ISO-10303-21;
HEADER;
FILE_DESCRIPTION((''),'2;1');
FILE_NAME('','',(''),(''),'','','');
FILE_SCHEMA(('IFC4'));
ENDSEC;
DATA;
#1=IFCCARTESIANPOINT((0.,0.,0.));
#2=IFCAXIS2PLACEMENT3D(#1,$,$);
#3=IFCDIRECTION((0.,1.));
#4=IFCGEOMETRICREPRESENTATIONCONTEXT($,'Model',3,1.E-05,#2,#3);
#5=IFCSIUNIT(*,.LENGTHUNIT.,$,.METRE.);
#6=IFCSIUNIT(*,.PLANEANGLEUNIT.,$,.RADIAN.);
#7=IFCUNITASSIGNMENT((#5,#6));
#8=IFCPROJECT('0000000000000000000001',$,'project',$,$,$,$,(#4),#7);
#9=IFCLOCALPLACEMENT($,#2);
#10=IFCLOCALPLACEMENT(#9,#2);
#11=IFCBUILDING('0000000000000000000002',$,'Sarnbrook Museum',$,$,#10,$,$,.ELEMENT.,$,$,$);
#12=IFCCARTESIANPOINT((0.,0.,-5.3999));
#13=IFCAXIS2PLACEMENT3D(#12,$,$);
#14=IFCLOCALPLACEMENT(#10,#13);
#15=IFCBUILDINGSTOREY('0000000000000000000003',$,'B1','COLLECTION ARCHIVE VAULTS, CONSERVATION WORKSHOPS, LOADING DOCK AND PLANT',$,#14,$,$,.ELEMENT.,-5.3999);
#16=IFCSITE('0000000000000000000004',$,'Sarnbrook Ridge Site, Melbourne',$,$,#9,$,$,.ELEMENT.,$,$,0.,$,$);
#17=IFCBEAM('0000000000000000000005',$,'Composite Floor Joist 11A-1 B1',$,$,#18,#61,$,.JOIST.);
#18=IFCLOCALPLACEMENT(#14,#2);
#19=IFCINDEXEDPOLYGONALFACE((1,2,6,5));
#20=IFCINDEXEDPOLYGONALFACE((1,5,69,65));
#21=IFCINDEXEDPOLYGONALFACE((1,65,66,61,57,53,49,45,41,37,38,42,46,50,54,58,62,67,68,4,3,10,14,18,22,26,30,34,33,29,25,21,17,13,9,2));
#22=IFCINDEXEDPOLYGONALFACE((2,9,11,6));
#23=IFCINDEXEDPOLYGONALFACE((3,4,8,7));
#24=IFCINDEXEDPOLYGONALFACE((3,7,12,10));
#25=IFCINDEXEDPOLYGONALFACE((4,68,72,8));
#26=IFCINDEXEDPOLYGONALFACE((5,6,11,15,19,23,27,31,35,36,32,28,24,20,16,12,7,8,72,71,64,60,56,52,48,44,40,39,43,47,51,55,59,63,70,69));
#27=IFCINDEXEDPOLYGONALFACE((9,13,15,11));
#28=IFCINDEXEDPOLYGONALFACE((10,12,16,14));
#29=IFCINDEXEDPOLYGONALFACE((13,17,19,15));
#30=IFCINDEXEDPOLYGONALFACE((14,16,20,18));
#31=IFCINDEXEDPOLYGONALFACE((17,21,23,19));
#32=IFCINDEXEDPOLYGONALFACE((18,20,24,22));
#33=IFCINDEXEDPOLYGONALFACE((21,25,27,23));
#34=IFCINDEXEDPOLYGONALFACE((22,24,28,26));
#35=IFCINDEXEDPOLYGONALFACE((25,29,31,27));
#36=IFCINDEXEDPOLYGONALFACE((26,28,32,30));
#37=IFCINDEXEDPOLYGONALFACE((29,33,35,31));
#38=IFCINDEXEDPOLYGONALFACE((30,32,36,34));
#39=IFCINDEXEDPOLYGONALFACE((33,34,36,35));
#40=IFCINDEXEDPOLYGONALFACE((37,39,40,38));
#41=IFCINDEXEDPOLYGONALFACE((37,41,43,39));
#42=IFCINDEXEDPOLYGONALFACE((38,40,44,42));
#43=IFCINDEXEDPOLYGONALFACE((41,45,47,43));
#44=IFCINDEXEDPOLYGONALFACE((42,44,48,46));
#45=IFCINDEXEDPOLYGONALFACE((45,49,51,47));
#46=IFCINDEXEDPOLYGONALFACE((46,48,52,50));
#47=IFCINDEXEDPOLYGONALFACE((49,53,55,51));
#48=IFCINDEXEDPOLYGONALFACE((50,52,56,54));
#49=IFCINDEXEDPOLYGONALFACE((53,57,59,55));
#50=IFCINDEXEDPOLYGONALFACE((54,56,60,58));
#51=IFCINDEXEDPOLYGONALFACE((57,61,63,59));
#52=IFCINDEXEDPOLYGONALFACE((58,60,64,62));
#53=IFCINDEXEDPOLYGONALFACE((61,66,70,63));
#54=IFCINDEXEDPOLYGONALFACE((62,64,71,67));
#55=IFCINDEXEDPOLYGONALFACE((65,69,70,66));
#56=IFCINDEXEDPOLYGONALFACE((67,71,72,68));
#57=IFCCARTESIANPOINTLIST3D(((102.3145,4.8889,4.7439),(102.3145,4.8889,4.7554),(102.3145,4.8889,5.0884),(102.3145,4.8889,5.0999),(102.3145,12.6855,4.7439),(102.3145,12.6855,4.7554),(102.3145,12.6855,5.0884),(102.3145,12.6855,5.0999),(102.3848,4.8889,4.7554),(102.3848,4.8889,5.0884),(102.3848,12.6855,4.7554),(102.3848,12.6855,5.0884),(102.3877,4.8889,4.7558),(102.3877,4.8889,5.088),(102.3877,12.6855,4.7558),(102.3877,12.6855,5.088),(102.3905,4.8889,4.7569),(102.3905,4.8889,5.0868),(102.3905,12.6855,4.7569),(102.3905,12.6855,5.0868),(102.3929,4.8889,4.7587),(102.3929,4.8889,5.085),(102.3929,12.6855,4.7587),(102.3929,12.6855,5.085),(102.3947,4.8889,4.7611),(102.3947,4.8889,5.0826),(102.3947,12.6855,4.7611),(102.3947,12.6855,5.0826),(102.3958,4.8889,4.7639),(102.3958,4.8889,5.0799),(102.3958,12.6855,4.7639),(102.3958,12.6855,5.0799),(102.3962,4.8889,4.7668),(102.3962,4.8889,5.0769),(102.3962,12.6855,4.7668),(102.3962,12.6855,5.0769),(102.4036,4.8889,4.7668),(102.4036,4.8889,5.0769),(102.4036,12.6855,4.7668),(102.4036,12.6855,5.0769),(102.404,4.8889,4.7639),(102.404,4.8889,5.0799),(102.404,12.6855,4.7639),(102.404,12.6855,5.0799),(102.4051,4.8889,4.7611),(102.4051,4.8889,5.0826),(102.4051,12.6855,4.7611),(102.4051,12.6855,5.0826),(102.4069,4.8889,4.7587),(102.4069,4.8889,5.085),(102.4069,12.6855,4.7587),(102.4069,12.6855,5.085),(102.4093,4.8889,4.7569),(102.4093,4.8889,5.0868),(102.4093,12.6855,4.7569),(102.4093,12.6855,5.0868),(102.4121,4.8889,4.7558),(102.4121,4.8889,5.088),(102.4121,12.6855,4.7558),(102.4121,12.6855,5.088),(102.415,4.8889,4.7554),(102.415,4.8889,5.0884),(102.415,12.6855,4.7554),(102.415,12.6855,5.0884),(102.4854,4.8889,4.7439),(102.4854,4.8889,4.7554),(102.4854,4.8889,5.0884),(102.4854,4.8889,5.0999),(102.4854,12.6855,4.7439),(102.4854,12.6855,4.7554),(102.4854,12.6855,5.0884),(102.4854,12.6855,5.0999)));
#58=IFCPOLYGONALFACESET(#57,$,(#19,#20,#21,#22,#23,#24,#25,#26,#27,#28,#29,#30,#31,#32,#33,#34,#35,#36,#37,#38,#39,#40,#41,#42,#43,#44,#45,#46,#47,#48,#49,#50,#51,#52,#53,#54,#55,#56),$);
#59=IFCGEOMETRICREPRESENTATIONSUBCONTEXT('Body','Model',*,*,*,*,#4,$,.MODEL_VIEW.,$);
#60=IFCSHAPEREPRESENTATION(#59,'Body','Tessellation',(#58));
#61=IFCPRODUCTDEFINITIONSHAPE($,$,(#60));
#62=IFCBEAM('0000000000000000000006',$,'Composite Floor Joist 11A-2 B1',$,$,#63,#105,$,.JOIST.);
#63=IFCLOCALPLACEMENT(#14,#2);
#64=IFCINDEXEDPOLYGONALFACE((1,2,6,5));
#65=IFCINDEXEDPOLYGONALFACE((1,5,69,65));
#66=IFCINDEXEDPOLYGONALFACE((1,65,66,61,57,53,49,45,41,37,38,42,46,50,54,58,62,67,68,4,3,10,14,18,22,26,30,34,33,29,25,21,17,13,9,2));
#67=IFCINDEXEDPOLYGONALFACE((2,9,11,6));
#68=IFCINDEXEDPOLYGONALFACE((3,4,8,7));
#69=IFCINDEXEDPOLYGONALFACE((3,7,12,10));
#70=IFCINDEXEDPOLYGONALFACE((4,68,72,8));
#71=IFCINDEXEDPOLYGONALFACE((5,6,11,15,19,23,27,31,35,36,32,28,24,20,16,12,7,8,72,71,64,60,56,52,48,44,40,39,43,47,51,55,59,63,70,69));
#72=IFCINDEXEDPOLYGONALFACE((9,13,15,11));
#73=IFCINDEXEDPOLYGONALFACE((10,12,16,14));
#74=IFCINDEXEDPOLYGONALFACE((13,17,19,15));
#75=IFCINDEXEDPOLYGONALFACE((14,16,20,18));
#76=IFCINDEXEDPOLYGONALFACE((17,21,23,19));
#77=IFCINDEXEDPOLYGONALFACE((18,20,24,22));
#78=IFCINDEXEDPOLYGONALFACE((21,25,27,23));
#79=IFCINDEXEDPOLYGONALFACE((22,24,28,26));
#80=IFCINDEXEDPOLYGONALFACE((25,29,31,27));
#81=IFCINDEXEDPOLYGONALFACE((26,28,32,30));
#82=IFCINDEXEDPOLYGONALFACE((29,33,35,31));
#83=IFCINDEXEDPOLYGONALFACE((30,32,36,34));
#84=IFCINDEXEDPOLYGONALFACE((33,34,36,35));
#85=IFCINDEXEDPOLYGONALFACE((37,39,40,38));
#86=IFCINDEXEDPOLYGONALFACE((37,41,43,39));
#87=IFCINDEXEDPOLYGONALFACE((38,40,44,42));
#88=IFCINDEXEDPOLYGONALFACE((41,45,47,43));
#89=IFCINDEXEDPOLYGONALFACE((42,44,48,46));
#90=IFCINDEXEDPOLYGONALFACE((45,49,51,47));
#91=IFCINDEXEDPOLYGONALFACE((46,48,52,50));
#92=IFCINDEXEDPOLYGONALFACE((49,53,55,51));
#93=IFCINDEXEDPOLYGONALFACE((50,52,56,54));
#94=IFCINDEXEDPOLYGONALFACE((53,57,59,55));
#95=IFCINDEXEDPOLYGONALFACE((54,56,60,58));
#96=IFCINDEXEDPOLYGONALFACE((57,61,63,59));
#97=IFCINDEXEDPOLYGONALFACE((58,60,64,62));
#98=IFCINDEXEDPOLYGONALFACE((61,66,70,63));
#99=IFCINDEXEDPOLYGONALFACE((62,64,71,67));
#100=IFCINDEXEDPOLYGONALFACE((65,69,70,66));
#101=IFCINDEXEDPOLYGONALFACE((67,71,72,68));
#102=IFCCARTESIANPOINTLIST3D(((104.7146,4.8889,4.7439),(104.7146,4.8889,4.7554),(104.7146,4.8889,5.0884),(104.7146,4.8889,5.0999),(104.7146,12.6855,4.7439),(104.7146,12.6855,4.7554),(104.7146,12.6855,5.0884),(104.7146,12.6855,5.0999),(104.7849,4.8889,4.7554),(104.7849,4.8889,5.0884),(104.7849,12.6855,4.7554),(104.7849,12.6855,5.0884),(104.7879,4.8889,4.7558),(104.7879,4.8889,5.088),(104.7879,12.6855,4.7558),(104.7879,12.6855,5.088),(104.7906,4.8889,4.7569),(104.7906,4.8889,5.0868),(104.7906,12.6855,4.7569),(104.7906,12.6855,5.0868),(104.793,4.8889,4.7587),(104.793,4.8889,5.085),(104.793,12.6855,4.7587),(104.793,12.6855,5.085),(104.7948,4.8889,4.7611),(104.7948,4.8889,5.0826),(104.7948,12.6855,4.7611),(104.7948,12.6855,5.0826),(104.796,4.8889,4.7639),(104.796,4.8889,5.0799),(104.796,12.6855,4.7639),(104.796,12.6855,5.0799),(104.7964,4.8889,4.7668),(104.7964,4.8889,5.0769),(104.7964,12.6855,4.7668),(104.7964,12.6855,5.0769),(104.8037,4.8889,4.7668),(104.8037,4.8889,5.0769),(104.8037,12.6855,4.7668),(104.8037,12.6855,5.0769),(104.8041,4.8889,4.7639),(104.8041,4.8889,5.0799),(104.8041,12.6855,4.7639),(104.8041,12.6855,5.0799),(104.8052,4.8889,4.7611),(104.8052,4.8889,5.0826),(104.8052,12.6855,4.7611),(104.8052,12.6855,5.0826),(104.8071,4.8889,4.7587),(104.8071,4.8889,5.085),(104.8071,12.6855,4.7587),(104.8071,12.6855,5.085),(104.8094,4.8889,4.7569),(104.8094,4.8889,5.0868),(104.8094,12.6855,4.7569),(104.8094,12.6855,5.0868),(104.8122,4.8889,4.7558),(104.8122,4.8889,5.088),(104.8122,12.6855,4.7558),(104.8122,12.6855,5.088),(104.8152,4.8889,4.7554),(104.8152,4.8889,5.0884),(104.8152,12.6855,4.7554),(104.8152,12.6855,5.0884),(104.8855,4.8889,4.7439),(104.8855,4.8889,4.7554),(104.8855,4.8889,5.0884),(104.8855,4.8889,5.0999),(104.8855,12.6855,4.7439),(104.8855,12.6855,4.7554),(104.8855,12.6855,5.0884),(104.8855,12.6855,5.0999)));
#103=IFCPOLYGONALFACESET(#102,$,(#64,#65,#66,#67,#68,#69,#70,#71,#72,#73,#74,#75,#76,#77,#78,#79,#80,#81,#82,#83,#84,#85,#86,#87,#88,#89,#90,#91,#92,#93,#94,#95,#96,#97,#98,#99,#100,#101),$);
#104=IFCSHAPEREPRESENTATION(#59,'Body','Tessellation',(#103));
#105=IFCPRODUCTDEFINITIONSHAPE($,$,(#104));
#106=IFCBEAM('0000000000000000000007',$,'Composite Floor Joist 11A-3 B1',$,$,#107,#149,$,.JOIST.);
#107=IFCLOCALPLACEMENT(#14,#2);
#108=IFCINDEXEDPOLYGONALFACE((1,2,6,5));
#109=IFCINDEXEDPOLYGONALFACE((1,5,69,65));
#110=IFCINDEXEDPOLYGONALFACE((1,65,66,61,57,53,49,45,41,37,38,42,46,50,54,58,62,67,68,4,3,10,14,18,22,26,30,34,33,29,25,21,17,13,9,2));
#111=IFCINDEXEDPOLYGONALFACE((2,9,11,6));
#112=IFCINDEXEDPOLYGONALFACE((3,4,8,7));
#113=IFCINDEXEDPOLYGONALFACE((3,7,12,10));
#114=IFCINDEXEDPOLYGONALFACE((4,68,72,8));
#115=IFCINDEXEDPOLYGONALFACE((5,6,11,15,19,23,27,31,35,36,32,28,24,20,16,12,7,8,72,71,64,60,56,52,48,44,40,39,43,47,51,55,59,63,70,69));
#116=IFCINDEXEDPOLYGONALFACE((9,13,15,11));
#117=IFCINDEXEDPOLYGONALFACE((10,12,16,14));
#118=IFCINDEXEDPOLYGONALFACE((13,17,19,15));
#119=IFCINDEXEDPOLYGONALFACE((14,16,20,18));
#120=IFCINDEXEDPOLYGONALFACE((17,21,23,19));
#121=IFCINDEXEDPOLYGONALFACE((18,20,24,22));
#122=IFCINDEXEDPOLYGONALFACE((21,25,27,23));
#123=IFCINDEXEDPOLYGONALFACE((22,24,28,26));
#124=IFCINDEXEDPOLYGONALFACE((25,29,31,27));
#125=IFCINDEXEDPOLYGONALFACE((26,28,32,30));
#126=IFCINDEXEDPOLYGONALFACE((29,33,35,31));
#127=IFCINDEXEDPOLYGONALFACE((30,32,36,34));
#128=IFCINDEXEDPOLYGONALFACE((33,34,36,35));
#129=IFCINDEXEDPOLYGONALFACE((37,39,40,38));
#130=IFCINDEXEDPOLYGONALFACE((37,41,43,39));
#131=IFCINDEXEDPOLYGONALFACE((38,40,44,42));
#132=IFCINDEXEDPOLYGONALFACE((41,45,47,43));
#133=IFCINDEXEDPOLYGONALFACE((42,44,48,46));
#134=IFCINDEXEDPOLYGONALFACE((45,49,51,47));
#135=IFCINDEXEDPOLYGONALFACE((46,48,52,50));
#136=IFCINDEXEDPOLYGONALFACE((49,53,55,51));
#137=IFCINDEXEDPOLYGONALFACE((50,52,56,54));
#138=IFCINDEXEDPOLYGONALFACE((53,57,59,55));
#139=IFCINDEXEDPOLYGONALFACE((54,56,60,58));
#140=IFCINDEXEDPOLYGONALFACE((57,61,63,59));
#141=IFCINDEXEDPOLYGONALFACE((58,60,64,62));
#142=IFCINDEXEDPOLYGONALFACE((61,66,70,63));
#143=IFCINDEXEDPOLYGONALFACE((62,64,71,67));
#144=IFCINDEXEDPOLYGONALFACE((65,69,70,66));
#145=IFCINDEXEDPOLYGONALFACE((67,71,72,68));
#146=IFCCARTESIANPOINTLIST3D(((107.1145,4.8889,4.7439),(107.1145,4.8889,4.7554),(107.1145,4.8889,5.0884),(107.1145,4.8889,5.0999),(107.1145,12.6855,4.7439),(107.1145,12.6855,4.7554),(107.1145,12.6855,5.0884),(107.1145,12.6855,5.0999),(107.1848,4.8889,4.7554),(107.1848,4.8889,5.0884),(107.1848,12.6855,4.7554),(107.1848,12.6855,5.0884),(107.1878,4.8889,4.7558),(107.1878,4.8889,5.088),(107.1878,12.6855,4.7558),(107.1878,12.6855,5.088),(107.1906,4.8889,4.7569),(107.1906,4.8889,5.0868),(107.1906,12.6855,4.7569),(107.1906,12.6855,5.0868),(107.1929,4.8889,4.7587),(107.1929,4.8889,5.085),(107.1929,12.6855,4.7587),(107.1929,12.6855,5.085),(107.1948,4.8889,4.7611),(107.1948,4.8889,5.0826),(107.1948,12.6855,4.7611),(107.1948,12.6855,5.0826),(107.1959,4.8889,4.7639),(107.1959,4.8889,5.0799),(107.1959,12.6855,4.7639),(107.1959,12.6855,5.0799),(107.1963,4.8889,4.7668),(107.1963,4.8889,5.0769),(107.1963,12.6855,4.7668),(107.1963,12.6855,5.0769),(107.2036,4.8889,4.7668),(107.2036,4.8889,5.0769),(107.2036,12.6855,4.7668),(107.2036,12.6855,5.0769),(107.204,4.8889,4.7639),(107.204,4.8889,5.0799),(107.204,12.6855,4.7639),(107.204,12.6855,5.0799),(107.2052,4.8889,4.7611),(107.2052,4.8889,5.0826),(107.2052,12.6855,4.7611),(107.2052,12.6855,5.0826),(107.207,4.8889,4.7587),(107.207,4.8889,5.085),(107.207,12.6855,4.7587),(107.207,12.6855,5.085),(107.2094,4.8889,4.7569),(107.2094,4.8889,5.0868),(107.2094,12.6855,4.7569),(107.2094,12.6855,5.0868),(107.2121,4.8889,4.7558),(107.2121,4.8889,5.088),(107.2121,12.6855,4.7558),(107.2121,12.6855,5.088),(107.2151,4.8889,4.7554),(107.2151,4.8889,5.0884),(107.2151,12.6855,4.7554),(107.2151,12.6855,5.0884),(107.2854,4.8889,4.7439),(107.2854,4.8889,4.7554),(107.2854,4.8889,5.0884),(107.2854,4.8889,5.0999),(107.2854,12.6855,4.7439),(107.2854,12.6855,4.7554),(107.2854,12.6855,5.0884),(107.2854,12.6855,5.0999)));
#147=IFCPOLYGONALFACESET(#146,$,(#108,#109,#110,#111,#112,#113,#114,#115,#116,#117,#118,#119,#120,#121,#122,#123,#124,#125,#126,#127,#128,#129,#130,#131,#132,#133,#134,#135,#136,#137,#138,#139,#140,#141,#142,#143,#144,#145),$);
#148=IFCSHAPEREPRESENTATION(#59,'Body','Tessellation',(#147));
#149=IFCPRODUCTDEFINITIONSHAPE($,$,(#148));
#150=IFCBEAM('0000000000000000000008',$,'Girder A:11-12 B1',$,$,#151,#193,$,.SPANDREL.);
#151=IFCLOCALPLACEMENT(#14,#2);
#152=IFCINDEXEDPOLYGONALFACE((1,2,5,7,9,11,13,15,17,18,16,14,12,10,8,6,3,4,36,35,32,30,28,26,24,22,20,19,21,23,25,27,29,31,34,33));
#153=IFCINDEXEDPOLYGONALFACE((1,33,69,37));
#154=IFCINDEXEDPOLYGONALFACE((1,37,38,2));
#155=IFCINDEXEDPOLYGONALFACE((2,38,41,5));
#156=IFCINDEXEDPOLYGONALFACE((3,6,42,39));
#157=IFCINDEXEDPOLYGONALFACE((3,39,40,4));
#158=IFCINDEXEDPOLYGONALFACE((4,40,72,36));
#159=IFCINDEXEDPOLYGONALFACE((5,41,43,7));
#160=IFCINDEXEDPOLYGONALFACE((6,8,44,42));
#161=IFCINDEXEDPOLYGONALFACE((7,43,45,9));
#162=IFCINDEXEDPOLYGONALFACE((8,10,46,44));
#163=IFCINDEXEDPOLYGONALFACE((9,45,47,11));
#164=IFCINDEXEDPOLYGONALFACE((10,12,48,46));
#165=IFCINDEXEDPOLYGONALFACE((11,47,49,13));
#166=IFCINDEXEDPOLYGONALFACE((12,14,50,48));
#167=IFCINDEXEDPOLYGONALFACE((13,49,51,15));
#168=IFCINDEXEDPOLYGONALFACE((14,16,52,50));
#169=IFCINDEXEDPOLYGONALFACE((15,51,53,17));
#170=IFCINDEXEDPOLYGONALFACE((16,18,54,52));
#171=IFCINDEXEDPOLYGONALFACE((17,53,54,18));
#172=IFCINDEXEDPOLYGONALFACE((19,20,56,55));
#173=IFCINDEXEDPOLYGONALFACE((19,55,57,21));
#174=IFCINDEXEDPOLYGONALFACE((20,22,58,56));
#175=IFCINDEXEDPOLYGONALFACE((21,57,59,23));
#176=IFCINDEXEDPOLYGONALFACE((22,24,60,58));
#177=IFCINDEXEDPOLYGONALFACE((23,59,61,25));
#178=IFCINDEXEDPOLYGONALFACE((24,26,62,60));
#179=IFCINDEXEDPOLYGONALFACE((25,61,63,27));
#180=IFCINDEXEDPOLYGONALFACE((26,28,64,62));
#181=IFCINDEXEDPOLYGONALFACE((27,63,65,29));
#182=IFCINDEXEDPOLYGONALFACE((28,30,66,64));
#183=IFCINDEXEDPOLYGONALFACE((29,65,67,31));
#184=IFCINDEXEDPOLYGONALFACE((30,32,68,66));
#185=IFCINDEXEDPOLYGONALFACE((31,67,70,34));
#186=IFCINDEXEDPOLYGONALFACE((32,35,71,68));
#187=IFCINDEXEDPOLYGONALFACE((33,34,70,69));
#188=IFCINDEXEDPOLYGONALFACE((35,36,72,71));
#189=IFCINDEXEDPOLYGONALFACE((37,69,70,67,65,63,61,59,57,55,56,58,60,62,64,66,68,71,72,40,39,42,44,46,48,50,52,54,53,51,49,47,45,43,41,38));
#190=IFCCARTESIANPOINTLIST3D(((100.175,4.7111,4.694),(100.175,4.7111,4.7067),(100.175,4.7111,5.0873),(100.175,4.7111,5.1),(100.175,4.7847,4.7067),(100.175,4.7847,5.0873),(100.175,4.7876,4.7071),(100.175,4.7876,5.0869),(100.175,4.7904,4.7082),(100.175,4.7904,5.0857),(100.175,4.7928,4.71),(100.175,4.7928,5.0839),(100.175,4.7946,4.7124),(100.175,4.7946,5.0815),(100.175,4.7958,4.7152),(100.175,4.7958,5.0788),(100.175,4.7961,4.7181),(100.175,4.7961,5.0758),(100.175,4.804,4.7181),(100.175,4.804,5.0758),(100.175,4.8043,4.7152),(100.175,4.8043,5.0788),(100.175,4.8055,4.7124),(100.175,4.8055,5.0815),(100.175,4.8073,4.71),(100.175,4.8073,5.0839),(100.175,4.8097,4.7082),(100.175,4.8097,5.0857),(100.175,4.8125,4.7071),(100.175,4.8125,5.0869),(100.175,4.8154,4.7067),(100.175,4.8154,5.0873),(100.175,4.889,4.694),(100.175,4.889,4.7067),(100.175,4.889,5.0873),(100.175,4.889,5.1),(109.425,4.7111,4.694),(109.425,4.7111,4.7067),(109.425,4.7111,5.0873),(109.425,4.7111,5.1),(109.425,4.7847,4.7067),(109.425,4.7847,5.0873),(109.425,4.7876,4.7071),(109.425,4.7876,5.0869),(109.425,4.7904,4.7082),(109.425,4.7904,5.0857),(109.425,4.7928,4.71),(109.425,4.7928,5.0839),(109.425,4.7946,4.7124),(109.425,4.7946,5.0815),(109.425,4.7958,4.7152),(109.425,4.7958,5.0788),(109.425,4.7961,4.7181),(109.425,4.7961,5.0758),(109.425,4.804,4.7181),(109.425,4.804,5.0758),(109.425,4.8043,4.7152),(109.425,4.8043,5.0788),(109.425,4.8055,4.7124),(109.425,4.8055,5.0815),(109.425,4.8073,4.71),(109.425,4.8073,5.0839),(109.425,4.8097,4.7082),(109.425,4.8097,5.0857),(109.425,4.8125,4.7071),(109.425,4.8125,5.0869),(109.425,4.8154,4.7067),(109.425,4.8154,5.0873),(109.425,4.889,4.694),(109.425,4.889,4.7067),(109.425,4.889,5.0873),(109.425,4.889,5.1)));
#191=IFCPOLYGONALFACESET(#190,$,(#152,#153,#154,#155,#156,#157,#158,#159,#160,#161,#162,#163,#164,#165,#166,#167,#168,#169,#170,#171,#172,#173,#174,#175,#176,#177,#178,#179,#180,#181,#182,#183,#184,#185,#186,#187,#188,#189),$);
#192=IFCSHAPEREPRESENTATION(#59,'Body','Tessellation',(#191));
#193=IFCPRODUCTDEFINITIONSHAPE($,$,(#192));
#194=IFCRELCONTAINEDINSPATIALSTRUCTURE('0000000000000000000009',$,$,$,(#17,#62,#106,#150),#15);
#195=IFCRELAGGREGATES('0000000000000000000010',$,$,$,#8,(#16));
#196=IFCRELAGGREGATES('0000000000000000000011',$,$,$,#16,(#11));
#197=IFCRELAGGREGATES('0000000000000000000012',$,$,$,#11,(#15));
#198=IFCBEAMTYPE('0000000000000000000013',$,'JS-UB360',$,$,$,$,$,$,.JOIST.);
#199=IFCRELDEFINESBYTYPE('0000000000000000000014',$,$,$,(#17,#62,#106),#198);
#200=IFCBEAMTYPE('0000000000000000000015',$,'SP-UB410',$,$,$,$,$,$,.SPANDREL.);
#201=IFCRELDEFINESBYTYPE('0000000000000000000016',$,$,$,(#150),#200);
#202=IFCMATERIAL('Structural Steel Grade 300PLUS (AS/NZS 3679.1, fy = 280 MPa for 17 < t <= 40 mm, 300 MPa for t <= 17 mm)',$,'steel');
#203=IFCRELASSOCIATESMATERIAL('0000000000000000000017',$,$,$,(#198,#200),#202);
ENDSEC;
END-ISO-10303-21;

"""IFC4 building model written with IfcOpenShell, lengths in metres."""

from ifc_helpers import new_model, si_unit, direction, frame, origin, origin_2d, place, context, subcontext, project, spatial, i_section, extrude, material, material_profile, profile_set, type_object, element, save


model = new_model("IFC4")

# Units and contexts
model_context = context("Model", 3, precision=1e-05, world=origin(), true_north=direction((0.0, 1.0)))
body_context = subcontext(model_context, "Body", "Model", "MODEL_VIEW")
ifc_project = project(units=[si_unit("LENGTHUNIT", "METRE"), si_unit("PLANEANGLEUNIT", "RADIAN")], contexts=[model_context])

# Site, building, storey
site_placement = place(None, origin())
site = spatial("IfcSite", under=ifc_project, at=site_placement, Name="Sarnbrook Ridge Site, Melbourne", CompositionType="ELEMENT", RefElevation=0.0)
building_placement = place(site_placement, origin())
building = spatial("IfcBuilding", under=site, at=building_placement, Name="Sarnbrook Museum", CompositionType="ELEMENT")
storey_placement = place(building_placement, frame((0.0, 0.0, -5.3999)))
storey = spatial("IfcBuildingStorey", under=building, at=storey_placement, Name="B1", Description="COLLECTION ARCHIVE VAULTS, CONSERVATION WORKSHOPS, LOADING DOCK AND PLANT", CompositionType="ELEMENT", Elevation=-5.3999)

# Beams
ifc_material_1 = material(Name="Structural Steel Grade 300PLUS (AS/NZS 3679.1, fy = 280 MPa for 17 < t <= 40 mm, 300 MPa for t <= 17 mm)", Category="steel")
ifc_material_profile_1 = material_profile(ifc_material_1, i_section(OverallWidth=0.1709, OverallDepth=0.356, WebThickness=0.0073, FlangeThickness=0.0115, FilletRadius=0.0115, at=origin_2d()), Name="360UB50.7")
ifc_profile_set_1 = profile_set([ifc_material_profile_1], Name="Structural Steel Grade 300PLUS (AS/NZS 3679.1, fy = 280 MPa for 17 < t <= 40 mm, 300 MPa for t <= 17 mm)")
beam_type_1 = type_object("IfcBeamType", Name="JS-UB360", PredefinedType="JOIST", material=ifc_profile_set_1)
for number, where, z_axis, x_axis, name in (
    (1, (102.3999, 4.8889, 4.9219), (0.0, 1.0, 0.0), (-1.0, 0.0, 0.0), "Composite Floor Joist 11A-1 B1"),
    (2, (104.8, 4.8889, 4.9219), (0.0, 1.0, 0.0), (-1.0, 0.0, 0.0), "Composite Floor Joist 11A-2 B1"),
    (3, (107.2, 4.8889, 4.9219), (0.0, 1.0, 0.0), (-1.0, 0.0, 0.0), "Composite Floor Joist 11A-3 B1"),
):
    element("IfcBeam", number, at=place(storey_placement, frame(where, z_axis=z_axis, x_axis=x_axis)), inside=storey, type_object=beam_type_1, Name=name, PredefinedType="JOIST", context=body_context, shape_type="SweptSolid", body=[
        extrude(i_section(OverallWidth=0.1709, OverallDepth=0.356, WebThickness=0.0073, FlangeThickness=0.0115, FilletRadius=0.0115, at=origin_2d()), origin(), (0.0, 0.0, 1.0), 7.7966),
    ])
ifc_material_profile_2 = material_profile(ifc_material_1, i_section(OverallWidth=0.178, OverallDepth=0.406, WebThickness=0.0078, FlangeThickness=0.0127, FilletRadius=0.0115, at=origin_2d()), Name="410UB59.7")
ifc_profile_set_2 = profile_set([ifc_material_profile_2], Name="Structural Steel Grade 300PLUS (AS/NZS 3679.1, fy = 280 MPa for 17 < t <= 40 mm, 300 MPa for t <= 17 mm)")
beam_type_2 = type_object("IfcBeamType", Name="SP-UB410", PredefinedType="SPANDREL", material=ifc_profile_set_2)
beam_1_placement = place(storey_placement, frame((100.175, 4.8, 4.897), z_axis=(1.0, 0.0, 0.0), x_axis=(0.0, 1.0, 0.0)))
element("IfcBeam", 4, at=beam_1_placement, inside=storey, type_object=beam_type_2, Name="Girder A:11-12 B1", PredefinedType="SPANDREL", context=body_context, shape_type="SweptSolid", body=[
    extrude(i_section(OverallWidth=0.178, OverallDepth=0.406, WebThickness=0.0078, FlangeThickness=0.0127, FilletRadius=0.0115, at=origin_2d()), origin(), (0.0, 0.0, 1.0), 9.25),
])

save(model, "model.ifc")
